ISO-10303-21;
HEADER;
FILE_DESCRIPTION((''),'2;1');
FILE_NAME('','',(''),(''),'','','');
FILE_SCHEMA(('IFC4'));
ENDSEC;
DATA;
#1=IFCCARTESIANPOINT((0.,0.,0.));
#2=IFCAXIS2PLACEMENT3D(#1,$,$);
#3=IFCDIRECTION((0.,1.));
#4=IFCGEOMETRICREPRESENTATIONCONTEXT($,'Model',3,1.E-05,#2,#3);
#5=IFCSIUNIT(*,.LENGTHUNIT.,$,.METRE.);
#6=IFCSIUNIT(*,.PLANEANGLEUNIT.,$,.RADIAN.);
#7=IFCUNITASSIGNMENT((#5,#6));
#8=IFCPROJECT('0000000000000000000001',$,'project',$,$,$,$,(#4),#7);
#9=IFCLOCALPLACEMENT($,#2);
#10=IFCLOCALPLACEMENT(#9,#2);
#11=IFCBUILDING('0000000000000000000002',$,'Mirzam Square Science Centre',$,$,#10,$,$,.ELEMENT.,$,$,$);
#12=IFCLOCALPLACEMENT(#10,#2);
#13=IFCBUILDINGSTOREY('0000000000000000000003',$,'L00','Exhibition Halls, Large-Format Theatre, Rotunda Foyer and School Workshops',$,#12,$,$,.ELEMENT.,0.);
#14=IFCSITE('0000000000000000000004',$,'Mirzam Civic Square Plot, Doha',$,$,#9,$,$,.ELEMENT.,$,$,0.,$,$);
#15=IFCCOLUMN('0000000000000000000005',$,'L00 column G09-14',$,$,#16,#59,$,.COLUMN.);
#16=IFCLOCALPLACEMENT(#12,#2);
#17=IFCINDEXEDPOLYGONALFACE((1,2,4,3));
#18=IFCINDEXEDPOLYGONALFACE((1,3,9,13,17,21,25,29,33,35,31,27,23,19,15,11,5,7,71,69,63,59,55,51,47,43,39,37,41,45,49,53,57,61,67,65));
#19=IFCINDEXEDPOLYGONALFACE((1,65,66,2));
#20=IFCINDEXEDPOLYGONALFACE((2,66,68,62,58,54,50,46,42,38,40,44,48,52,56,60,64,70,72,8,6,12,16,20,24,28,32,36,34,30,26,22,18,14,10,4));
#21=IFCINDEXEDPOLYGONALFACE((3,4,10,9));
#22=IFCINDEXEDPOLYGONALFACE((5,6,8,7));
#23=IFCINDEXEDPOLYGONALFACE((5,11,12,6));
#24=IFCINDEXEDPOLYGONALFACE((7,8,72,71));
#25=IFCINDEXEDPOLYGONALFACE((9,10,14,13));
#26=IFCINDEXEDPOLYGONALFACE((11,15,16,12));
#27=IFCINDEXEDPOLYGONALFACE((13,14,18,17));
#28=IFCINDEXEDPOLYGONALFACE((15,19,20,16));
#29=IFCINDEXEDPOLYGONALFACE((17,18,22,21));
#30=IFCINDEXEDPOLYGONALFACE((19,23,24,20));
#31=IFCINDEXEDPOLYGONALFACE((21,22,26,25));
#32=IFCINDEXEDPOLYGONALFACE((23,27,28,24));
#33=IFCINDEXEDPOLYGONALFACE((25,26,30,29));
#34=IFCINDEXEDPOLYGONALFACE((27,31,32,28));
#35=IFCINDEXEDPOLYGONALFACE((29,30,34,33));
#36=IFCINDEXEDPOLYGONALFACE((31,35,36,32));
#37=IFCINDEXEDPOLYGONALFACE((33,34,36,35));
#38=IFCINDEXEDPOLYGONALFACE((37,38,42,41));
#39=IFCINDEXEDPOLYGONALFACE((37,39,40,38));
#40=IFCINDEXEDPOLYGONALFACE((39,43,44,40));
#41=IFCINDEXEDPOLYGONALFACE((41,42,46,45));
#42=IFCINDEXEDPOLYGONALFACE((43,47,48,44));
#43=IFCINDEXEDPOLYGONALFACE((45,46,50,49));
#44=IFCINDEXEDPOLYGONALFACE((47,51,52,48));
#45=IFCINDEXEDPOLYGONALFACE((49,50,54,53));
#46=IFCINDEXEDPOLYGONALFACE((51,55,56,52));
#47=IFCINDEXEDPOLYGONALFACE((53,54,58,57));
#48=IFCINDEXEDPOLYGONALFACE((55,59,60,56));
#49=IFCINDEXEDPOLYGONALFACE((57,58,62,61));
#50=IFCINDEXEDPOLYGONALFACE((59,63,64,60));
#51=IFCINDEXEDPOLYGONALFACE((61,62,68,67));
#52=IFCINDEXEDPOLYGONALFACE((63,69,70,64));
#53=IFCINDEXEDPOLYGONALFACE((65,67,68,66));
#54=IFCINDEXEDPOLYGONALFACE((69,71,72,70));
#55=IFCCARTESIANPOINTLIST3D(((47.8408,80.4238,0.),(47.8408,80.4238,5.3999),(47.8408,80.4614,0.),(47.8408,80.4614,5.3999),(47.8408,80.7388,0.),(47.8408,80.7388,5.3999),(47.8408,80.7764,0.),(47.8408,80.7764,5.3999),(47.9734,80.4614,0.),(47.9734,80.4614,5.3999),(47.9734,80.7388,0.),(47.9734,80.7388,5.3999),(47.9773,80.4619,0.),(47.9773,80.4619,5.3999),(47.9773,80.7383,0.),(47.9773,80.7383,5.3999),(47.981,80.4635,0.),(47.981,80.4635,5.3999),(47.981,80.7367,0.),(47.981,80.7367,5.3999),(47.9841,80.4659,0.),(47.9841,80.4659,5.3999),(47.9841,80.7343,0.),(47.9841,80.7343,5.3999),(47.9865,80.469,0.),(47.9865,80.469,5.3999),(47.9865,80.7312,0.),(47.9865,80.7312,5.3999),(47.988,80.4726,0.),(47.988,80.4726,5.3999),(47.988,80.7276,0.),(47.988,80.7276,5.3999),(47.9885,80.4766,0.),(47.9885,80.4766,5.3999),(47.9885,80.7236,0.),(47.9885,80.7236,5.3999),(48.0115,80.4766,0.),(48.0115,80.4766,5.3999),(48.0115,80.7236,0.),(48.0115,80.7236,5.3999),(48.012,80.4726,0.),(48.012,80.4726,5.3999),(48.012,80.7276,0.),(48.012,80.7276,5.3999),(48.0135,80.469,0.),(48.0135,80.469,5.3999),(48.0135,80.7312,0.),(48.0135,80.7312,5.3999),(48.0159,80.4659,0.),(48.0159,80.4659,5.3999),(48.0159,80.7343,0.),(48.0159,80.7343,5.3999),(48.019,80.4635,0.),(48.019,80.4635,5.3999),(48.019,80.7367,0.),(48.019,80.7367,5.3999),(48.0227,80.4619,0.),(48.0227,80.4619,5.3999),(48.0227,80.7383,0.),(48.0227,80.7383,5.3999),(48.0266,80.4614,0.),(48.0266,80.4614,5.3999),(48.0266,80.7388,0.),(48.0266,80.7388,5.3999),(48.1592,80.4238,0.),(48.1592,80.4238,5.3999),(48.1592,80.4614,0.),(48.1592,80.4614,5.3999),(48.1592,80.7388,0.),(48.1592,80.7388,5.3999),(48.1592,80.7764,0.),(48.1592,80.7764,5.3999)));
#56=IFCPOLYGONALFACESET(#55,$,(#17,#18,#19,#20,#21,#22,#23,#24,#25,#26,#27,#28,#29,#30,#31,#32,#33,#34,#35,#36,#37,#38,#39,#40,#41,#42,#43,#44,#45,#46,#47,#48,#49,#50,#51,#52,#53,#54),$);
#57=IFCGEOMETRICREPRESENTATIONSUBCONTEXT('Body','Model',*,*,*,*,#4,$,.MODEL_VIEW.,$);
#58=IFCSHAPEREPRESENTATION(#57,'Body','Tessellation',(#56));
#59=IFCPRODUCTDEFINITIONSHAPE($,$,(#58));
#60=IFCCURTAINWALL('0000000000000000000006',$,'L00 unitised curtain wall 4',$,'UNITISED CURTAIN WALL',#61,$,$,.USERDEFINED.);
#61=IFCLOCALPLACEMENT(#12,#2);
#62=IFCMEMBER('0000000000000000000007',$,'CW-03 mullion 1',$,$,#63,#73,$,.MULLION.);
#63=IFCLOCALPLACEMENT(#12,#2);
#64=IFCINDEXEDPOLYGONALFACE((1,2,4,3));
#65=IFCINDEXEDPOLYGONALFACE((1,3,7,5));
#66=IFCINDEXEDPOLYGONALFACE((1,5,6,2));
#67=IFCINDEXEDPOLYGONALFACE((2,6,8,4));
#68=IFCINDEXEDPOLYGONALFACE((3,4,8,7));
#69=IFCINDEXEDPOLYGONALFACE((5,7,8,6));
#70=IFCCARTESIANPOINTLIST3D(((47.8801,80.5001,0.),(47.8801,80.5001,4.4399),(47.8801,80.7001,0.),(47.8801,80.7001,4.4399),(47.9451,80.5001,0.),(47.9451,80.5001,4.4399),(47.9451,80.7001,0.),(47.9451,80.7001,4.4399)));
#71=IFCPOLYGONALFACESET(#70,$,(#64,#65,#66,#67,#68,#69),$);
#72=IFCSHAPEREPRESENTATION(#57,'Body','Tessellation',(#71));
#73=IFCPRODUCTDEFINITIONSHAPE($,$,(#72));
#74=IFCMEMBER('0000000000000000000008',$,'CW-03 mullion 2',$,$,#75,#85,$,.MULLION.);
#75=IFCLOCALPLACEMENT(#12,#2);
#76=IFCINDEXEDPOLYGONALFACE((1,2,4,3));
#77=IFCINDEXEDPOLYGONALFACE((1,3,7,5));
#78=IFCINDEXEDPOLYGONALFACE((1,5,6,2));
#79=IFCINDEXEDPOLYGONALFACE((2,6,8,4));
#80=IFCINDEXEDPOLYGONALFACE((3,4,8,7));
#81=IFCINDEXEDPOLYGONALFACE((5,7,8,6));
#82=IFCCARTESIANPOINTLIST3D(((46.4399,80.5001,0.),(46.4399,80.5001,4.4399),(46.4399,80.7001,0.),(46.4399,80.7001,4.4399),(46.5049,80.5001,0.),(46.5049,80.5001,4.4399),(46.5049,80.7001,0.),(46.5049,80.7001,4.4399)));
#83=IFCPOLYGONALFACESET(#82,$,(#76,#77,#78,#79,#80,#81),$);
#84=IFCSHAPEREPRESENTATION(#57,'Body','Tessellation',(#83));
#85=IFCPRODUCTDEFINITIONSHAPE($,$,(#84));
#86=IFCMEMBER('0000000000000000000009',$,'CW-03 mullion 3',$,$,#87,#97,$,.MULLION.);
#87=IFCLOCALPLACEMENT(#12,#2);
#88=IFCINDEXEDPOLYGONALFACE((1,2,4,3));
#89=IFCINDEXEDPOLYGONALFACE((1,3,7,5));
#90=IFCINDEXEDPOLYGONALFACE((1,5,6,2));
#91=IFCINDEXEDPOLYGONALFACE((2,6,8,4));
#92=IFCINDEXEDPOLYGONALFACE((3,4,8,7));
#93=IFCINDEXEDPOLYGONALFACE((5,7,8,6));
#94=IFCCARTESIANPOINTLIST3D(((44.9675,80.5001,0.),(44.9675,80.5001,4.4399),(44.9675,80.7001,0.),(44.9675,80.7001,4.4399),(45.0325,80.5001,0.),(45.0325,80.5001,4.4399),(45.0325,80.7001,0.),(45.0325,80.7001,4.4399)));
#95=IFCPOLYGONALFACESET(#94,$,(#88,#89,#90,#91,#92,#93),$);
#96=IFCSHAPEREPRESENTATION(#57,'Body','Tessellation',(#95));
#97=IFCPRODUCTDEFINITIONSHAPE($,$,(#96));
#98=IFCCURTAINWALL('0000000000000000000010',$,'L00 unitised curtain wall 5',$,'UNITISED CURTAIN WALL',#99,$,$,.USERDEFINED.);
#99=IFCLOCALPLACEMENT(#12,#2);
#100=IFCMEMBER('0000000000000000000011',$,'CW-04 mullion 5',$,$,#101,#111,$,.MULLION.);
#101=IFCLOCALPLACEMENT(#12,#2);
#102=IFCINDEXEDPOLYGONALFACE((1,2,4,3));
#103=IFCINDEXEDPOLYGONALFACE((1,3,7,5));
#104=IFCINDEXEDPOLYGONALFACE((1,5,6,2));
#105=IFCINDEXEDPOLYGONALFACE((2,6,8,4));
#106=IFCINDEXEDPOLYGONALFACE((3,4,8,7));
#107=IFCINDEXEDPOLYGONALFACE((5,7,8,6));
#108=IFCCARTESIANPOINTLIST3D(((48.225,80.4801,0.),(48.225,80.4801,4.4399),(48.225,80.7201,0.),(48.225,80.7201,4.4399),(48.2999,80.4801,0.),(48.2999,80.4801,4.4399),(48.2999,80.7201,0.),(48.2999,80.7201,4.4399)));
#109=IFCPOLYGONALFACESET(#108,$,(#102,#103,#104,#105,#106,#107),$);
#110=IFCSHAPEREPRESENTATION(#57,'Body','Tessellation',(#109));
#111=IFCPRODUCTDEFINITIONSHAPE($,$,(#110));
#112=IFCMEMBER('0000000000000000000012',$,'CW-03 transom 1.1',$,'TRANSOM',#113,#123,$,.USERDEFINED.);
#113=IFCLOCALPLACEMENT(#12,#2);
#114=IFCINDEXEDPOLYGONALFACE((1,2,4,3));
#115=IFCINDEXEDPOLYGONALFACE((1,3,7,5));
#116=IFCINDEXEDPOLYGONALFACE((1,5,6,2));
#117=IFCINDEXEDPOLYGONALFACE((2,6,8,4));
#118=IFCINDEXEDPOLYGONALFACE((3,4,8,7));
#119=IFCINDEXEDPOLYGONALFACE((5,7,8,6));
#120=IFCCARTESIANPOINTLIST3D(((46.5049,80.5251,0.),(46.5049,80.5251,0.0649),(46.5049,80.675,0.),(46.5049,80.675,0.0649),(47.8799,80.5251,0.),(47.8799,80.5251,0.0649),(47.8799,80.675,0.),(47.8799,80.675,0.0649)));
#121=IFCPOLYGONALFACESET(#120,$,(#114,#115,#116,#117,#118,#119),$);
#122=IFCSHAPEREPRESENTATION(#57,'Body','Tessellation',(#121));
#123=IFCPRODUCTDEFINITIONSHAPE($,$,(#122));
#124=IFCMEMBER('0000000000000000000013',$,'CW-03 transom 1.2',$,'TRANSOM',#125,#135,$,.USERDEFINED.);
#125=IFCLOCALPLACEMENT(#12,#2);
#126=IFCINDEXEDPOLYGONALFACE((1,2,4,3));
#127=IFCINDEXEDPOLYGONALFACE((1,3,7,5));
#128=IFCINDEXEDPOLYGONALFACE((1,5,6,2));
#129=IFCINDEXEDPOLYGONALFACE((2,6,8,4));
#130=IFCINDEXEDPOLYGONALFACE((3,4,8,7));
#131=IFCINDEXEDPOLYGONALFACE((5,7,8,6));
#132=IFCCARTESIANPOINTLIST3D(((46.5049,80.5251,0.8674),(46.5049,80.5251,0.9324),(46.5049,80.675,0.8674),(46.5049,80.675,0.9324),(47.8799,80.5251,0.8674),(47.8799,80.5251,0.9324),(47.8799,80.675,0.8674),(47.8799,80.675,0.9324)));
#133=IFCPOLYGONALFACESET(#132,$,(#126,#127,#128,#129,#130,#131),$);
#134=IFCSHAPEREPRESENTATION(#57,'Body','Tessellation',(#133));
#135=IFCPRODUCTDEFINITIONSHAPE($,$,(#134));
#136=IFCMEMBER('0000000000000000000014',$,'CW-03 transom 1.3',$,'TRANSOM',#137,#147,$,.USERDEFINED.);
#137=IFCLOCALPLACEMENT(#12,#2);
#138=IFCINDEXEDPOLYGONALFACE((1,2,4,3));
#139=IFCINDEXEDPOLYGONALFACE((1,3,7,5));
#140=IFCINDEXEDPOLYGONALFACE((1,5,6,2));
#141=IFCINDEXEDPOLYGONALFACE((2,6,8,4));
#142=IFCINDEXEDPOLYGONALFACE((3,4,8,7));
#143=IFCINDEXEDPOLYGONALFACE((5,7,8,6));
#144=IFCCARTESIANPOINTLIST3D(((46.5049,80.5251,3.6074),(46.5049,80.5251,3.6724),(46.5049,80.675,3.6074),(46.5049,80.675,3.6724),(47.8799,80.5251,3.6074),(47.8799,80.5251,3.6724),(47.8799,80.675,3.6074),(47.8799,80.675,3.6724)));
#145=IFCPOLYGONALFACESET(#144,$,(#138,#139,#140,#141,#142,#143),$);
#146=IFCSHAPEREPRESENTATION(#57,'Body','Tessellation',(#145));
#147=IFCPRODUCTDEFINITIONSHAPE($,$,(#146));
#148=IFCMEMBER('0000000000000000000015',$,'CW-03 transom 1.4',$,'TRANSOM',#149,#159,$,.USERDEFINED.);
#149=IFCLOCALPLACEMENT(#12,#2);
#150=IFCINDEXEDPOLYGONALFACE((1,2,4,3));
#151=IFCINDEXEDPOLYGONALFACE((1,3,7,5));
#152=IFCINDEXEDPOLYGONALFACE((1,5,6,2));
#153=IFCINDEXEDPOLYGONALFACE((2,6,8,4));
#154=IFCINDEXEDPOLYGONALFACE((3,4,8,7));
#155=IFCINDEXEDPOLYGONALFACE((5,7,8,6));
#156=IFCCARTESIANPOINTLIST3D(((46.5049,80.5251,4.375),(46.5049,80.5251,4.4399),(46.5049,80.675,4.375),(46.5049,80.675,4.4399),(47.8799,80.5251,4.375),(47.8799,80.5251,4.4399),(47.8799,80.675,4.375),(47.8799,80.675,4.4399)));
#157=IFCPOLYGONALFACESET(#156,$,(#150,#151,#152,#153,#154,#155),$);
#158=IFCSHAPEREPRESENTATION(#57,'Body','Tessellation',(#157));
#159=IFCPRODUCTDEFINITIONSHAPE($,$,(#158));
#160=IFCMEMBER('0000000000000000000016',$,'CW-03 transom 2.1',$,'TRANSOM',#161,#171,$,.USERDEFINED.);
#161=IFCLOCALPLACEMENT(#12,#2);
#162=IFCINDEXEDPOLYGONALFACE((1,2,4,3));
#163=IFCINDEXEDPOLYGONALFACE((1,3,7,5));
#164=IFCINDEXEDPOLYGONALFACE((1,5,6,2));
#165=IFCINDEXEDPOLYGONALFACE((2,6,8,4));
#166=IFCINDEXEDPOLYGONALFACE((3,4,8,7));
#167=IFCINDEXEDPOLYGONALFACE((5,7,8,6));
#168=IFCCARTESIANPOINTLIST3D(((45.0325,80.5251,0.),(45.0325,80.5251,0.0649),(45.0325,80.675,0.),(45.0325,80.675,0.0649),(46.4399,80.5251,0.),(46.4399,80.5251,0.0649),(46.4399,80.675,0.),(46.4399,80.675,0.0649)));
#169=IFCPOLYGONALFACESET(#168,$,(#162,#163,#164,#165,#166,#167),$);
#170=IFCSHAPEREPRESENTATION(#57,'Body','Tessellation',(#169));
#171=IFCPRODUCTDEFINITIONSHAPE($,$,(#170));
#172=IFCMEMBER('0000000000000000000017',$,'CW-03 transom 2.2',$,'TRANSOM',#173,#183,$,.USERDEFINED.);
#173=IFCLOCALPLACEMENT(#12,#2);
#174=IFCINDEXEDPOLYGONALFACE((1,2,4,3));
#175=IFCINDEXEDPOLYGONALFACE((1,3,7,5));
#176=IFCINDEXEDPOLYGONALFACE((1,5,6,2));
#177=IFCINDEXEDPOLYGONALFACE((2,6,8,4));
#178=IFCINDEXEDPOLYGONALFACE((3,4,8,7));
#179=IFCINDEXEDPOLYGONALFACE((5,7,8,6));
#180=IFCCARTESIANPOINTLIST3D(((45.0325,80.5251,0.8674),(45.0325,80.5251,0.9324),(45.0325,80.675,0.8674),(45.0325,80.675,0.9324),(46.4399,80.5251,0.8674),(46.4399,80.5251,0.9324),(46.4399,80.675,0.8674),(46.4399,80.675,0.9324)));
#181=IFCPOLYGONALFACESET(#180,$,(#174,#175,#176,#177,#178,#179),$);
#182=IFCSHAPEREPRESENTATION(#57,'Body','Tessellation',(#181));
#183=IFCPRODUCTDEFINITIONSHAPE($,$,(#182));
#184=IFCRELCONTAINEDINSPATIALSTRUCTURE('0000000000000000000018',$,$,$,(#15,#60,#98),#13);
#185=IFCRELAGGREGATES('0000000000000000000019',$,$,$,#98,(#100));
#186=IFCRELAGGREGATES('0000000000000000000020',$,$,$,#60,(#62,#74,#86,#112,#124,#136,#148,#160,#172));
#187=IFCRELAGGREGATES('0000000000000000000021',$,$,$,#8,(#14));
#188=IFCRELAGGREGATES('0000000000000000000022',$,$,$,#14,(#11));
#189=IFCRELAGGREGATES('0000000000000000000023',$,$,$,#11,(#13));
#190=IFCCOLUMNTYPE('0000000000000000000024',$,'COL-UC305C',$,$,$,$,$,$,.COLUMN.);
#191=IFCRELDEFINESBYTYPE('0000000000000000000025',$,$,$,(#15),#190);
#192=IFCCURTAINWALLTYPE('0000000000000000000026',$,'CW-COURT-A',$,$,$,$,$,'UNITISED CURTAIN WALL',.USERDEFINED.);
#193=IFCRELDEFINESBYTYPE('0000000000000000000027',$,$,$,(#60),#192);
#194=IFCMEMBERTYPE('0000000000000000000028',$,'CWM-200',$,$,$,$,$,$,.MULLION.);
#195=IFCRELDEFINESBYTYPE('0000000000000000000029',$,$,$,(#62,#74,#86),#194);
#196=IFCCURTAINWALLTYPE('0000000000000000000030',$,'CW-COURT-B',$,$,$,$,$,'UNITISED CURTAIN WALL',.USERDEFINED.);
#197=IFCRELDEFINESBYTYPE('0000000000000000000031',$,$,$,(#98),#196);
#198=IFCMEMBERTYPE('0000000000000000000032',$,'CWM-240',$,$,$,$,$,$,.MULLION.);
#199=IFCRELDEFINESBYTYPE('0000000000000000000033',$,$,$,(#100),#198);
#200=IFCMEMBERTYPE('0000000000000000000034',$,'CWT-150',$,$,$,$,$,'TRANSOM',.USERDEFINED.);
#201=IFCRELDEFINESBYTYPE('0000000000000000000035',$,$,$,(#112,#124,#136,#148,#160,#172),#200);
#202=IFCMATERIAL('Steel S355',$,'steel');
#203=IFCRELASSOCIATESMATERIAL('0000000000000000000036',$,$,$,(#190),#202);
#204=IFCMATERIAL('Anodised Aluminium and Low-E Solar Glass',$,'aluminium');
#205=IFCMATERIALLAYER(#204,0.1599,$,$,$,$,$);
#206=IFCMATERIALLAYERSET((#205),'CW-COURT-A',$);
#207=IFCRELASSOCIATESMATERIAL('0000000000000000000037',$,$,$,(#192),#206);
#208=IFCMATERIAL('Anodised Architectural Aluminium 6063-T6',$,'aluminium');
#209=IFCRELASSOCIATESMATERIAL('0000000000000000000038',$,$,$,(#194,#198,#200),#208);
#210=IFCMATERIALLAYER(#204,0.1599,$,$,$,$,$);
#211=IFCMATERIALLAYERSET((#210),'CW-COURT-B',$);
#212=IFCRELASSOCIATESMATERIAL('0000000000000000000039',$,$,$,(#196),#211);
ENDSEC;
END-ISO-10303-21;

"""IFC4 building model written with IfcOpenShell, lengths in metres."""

from ifc_helpers import new_model, si_unit, direction, frame, origin, origin_2d, place, context, subcontext, project, spatial, rectangle, i_section, extrude, material, layer, layer_set, material_profile, profile_set, type_object, element, aggregate, save


model = new_model("IFC4")

# Units and contexts
model_context = context("Model", 3, precision=1e-05, world=origin(), true_north=direction((0.0, 1.0)))
body_context = subcontext(model_context, "Body", "Model", "MODEL_VIEW")
ifc_project = project(units=[si_unit("LENGTHUNIT", "METRE"), si_unit("PLANEANGLEUNIT", "RADIAN")], contexts=[model_context])

# Site, building, storey
site_placement = place(None, origin())
site = spatial("IfcSite", under=ifc_project, at=site_placement, Name="Mirzam Civic Square Plot, Doha", CompositionType="ELEMENT", RefElevation=0.0)
building_placement = place(site_placement, origin())
building = spatial("IfcBuilding", under=site, at=building_placement, Name="Mirzam Square Science Centre", CompositionType="ELEMENT")
storey_placement = place(building_placement, origin())
storey = spatial("IfcBuildingStorey", under=building, at=storey_placement, Name="L00", Description="Exhibition Halls, Large-Format Theatre, Rotunda Foyer and School Workshops", CompositionType="ELEMENT", Elevation=0.0)

# Column
ifc_material_1 = material(Name="Steel S355", Category="steel")
ifc_material_profile_1 = material_profile(ifc_material_1, i_section(OverallWidth=0.3184, OverallDepth=0.3525, WebThickness=0.0229, FlangeThickness=0.0376, FilletRadius=0.0151, at=origin_2d()), Name="305x305x240UC")
ifc_profile_set_1 = profile_set([ifc_material_profile_1], Name="Steel S355")
column_type = type_object("IfcColumnType", Name="COL-UC305C", PredefinedType="COLUMN", material=ifc_profile_set_1)
column_placement = place(storey_placement, frame((48.0, 80.6001, 0.0), z_axis=(0.0, 0.0, 1.0), x_axis=(1.0, 0.0, 0.0)))
element("IfcColumn", 1, at=column_placement, inside=storey, type_object=column_type, Name="L00 column G09-14", PredefinedType="COLUMN", context=body_context, shape_type="SweptSolid", body=[
    extrude(i_section(OverallWidth=0.3184, OverallDepth=0.3525, WebThickness=0.0229, FlangeThickness=0.0376, FilletRadius=0.0151, at=origin_2d()), origin(), (0.0, 0.0, 1.0), 5.3999),
])

# Curtain wall, members
ifc_material_2 = material(Name="Anodised Aluminium and Low-E Solar Glass", Category="aluminium")
ifc_layer_1 = layer(ifc_material_2, 0.1599)
ifc_layer_set_1 = layer_set([ifc_layer_1], Name="CW-COURT-A")
curtain_wall_type_1 = type_object("IfcCurtainWallType", Name="CW-COURT-A", ElementType="UNITISED CURTAIN WALL", PredefinedType="USERDEFINED", material=ifc_layer_set_1)
curtain_wall_1_placement = place(storey_placement, origin())
curtain_wall_1 = element("IfcCurtainWall", 2, at=curtain_wall_1_placement, inside=storey, type_object=curtain_wall_type_1, Name="L00 unitised curtain wall 4", ObjectType="UNITISED CURTAIN WALL", PredefinedType="USERDEFINED")
ifc_material_3 = material(Name="Anodised Architectural Aluminium 6063-T6", Category="aluminium")
ifc_material_profile_2 = material_profile(ifc_material_3, rectangle(XDim=0.0649, YDim=0.2, at=origin_2d()), Name="ALU-MULL-200x65x5")
ifc_profile_set_2 = profile_set([ifc_material_profile_2], Name="Anodised Architectural Aluminium 6063-T6")
member_type_1 = type_object("IfcMemberType", Name="CWM-200", PredefinedType="MULLION", material=ifc_profile_set_2)
member_1_placement = place(storey_placement, frame((47.9126, 80.6001, 0.0), z_axis=(0.0, 0.0, 1.0), x_axis=(-1.0, 0.0, 0.0)))
member_1 = element("IfcMember", 3, at=member_1_placement, type_object=member_type_1, Name="CW-03 mullion 1", PredefinedType="MULLION", context=body_context, shape_type="SweptSolid", body=[
    extrude(rectangle(XDim=0.0649, YDim=0.2, at=origin_2d()), origin(), (0.0, 0.0, 1.0), 4.4399),
])
member_2_placement = place(storey_placement, frame((46.4724, 80.6001, 0.0), z_axis=(0.0, 0.0, 1.0), x_axis=(-1.0, 0.0, 0.0)))
member_2 = element("IfcMember", 4, at=member_2_placement, type_object=member_type_1, Name="CW-03 mullion 2", PredefinedType="MULLION", context=body_context, shape_type="SweptSolid", body=[
    extrude(rectangle(XDim=0.0649, YDim=0.2, at=origin_2d()), origin(), (0.0, 0.0, 1.0), 4.4399),
])
member_3_placement = place(storey_placement, frame((45.0, 80.6001, 0.0), z_axis=(0.0, 0.0, 1.0), x_axis=(-1.0, 0.0, 0.0)))
member_3 = element("IfcMember", 5, at=member_3_placement, type_object=member_type_1, Name="CW-03 mullion 3", PredefinedType="MULLION", context=body_context, shape_type="SweptSolid", body=[
    extrude(rectangle(XDim=0.0649, YDim=0.2, at=origin_2d()), origin(), (0.0, 0.0, 1.0), 4.4399),
])

# Curtain wall, member
ifc_layer_2 = layer(ifc_material_2, 0.1599)
ifc_layer_set_2 = layer_set([ifc_layer_2], Name="CW-COURT-B")
curtain_wall_type_2 = type_object("IfcCurtainWallType", Name="CW-COURT-B", ElementType="UNITISED CURTAIN WALL", PredefinedType="USERDEFINED", material=ifc_layer_set_2)
curtain_wall_2_placement = place(storey_placement, origin())
curtain_wall_2 = element("IfcCurtainWall", 6, at=curtain_wall_2_placement, inside=storey, type_object=curtain_wall_type_2, Name="L00 unitised curtain wall 5", ObjectType="UNITISED CURTAIN WALL", PredefinedType="USERDEFINED")
ifc_material_profile_3 = material_profile(ifc_material_3, rectangle(XDim=0.075, YDim=0.24, at=origin_2d()), Name="ALU-MULL-240x75x5")
ifc_profile_set_3 = profile_set([ifc_material_profile_3], Name="Anodised Architectural Aluminium 6063-T6")
member_type_2 = type_object("IfcMemberType", Name="CWM-240", PredefinedType="MULLION", material=ifc_profile_set_3)
member_4_placement = place(storey_placement, frame((48.2625, 80.6001, 0.0), z_axis=(0.0, 0.0, 1.0), x_axis=(-1.0, 0.0, 0.0)))
member_4 = element("IfcMember", 7, at=member_4_placement, type_object=member_type_2, Name="CW-04 mullion 5", PredefinedType="MULLION", context=body_context, shape_type="SweptSolid", body=[
    extrude(rectangle(XDim=0.075, YDim=0.24, at=origin_2d()), origin(), (0.0, 0.0, 1.0), 4.4399),
])
aggregate(curtain_wall_2, [member_4])

# Members
ifc_material_profile_4 = material_profile(ifc_material_3, rectangle(XDim=0.1499, YDim=0.0649, at=origin_2d()), Name="ALU-TRAN-150x65x4")
ifc_profile_set_4 = profile_set([ifc_material_profile_4], Name="Anodised Architectural Aluminium 6063-T6")
member_type_3 = type_object("IfcMemberType", Name="CWT-150", ElementType="TRANSOM", PredefinedType="USERDEFINED", material=ifc_profile_set_4)
member_5_placement = place(storey_placement, frame((47.8799, 80.6001, 0.0325), z_axis=(-1.0, 0.0, 0.0), x_axis=(0.0, -1.0, 0.0)))
member_5 = element("IfcMember", 8, at=member_5_placement, type_object=member_type_3, Name="CW-03 transom 1.1", ObjectType="TRANSOM", PredefinedType="USERDEFINED", context=body_context, shape_type="SweptSolid", body=[
    extrude(rectangle(XDim=0.1499, YDim=0.0649, at=origin_2d()), origin(), (0.0, 0.0, 1.0), 1.375),
])
member_6_placement = place(storey_placement, frame((47.8799, 80.6001, 0.8999), z_axis=(-1.0, 0.0, 0.0), x_axis=(0.0, -1.0, 0.0)))
member_6 = element("IfcMember", 9, at=member_6_placement, type_object=member_type_3, Name="CW-03 transom 1.2", ObjectType="TRANSOM", PredefinedType="USERDEFINED", context=body_context, shape_type="SweptSolid", body=[
    extrude(rectangle(XDim=0.1499, YDim=0.0649, at=origin_2d()), origin(), (0.0, 0.0, 1.0), 1.375),
])
member_7_placement = place(storey_placement, frame((47.8799, 80.6001, 3.6399), z_axis=(-1.0, 0.0, 0.0), x_axis=(0.0, -1.0, 0.0)))
member_7 = element("IfcMember", 10, at=member_7_placement, type_object=member_type_3, Name="CW-03 transom 1.3", ObjectType="TRANSOM", PredefinedType="USERDEFINED", context=body_context, shape_type="SweptSolid", body=[
    extrude(rectangle(XDim=0.1499, YDim=0.0649, at=origin_2d()), origin(), (0.0, 0.0, 1.0), 1.375),
])
member_8_placement = place(storey_placement, frame((47.8799, 80.6001, 4.4075), z_axis=(-1.0, 0.0, 0.0), x_axis=(0.0, -1.0, 0.0)))
member_8 = element("IfcMember", 11, at=member_8_placement, type_object=member_type_3, Name="CW-03 transom 1.4", ObjectType="TRANSOM", PredefinedType="USERDEFINED", context=body_context, shape_type="SweptSolid", body=[
    extrude(rectangle(XDim=0.1499, YDim=0.0649, at=origin_2d()), origin(), (0.0, 0.0, 1.0), 1.375),
])
member_9_placement = place(storey_placement, frame((46.4399, 80.6001, 0.0325), z_axis=(-1.0, 0.0, 0.0), x_axis=(0.0, -1.0, 0.0)))
member_9 = element("IfcMember", 12, at=member_9_placement, type_object=member_type_3, Name="CW-03 transom 2.1", ObjectType="TRANSOM", PredefinedType="USERDEFINED", context=body_context, shape_type="SweptSolid", body=[
    extrude(rectangle(XDim=0.1499, YDim=0.0649, at=origin_2d()), origin(), (0.0, 0.0, 1.0), 1.4075),
])
member_10_placement = place(storey_placement, frame((46.4399, 80.6001, 0.8999), z_axis=(-1.0, 0.0, 0.0), x_axis=(0.0, -1.0, 0.0)))
member_10 = element("IfcMember", 13, at=member_10_placement, type_object=member_type_3, Name="CW-03 transom 2.2", ObjectType="TRANSOM", PredefinedType="USERDEFINED", context=body_context, shape_type="SweptSolid", body=[
    extrude(rectangle(XDim=0.1499, YDim=0.0649, at=origin_2d()), origin(), (0.0, 0.0, 1.0), 1.4075),
])

aggregate(curtain_wall_1, [member_1, member_2, member_3, member_5, member_6, member_7, member_8, member_9, member_10])

save(model, "model.ifc")
